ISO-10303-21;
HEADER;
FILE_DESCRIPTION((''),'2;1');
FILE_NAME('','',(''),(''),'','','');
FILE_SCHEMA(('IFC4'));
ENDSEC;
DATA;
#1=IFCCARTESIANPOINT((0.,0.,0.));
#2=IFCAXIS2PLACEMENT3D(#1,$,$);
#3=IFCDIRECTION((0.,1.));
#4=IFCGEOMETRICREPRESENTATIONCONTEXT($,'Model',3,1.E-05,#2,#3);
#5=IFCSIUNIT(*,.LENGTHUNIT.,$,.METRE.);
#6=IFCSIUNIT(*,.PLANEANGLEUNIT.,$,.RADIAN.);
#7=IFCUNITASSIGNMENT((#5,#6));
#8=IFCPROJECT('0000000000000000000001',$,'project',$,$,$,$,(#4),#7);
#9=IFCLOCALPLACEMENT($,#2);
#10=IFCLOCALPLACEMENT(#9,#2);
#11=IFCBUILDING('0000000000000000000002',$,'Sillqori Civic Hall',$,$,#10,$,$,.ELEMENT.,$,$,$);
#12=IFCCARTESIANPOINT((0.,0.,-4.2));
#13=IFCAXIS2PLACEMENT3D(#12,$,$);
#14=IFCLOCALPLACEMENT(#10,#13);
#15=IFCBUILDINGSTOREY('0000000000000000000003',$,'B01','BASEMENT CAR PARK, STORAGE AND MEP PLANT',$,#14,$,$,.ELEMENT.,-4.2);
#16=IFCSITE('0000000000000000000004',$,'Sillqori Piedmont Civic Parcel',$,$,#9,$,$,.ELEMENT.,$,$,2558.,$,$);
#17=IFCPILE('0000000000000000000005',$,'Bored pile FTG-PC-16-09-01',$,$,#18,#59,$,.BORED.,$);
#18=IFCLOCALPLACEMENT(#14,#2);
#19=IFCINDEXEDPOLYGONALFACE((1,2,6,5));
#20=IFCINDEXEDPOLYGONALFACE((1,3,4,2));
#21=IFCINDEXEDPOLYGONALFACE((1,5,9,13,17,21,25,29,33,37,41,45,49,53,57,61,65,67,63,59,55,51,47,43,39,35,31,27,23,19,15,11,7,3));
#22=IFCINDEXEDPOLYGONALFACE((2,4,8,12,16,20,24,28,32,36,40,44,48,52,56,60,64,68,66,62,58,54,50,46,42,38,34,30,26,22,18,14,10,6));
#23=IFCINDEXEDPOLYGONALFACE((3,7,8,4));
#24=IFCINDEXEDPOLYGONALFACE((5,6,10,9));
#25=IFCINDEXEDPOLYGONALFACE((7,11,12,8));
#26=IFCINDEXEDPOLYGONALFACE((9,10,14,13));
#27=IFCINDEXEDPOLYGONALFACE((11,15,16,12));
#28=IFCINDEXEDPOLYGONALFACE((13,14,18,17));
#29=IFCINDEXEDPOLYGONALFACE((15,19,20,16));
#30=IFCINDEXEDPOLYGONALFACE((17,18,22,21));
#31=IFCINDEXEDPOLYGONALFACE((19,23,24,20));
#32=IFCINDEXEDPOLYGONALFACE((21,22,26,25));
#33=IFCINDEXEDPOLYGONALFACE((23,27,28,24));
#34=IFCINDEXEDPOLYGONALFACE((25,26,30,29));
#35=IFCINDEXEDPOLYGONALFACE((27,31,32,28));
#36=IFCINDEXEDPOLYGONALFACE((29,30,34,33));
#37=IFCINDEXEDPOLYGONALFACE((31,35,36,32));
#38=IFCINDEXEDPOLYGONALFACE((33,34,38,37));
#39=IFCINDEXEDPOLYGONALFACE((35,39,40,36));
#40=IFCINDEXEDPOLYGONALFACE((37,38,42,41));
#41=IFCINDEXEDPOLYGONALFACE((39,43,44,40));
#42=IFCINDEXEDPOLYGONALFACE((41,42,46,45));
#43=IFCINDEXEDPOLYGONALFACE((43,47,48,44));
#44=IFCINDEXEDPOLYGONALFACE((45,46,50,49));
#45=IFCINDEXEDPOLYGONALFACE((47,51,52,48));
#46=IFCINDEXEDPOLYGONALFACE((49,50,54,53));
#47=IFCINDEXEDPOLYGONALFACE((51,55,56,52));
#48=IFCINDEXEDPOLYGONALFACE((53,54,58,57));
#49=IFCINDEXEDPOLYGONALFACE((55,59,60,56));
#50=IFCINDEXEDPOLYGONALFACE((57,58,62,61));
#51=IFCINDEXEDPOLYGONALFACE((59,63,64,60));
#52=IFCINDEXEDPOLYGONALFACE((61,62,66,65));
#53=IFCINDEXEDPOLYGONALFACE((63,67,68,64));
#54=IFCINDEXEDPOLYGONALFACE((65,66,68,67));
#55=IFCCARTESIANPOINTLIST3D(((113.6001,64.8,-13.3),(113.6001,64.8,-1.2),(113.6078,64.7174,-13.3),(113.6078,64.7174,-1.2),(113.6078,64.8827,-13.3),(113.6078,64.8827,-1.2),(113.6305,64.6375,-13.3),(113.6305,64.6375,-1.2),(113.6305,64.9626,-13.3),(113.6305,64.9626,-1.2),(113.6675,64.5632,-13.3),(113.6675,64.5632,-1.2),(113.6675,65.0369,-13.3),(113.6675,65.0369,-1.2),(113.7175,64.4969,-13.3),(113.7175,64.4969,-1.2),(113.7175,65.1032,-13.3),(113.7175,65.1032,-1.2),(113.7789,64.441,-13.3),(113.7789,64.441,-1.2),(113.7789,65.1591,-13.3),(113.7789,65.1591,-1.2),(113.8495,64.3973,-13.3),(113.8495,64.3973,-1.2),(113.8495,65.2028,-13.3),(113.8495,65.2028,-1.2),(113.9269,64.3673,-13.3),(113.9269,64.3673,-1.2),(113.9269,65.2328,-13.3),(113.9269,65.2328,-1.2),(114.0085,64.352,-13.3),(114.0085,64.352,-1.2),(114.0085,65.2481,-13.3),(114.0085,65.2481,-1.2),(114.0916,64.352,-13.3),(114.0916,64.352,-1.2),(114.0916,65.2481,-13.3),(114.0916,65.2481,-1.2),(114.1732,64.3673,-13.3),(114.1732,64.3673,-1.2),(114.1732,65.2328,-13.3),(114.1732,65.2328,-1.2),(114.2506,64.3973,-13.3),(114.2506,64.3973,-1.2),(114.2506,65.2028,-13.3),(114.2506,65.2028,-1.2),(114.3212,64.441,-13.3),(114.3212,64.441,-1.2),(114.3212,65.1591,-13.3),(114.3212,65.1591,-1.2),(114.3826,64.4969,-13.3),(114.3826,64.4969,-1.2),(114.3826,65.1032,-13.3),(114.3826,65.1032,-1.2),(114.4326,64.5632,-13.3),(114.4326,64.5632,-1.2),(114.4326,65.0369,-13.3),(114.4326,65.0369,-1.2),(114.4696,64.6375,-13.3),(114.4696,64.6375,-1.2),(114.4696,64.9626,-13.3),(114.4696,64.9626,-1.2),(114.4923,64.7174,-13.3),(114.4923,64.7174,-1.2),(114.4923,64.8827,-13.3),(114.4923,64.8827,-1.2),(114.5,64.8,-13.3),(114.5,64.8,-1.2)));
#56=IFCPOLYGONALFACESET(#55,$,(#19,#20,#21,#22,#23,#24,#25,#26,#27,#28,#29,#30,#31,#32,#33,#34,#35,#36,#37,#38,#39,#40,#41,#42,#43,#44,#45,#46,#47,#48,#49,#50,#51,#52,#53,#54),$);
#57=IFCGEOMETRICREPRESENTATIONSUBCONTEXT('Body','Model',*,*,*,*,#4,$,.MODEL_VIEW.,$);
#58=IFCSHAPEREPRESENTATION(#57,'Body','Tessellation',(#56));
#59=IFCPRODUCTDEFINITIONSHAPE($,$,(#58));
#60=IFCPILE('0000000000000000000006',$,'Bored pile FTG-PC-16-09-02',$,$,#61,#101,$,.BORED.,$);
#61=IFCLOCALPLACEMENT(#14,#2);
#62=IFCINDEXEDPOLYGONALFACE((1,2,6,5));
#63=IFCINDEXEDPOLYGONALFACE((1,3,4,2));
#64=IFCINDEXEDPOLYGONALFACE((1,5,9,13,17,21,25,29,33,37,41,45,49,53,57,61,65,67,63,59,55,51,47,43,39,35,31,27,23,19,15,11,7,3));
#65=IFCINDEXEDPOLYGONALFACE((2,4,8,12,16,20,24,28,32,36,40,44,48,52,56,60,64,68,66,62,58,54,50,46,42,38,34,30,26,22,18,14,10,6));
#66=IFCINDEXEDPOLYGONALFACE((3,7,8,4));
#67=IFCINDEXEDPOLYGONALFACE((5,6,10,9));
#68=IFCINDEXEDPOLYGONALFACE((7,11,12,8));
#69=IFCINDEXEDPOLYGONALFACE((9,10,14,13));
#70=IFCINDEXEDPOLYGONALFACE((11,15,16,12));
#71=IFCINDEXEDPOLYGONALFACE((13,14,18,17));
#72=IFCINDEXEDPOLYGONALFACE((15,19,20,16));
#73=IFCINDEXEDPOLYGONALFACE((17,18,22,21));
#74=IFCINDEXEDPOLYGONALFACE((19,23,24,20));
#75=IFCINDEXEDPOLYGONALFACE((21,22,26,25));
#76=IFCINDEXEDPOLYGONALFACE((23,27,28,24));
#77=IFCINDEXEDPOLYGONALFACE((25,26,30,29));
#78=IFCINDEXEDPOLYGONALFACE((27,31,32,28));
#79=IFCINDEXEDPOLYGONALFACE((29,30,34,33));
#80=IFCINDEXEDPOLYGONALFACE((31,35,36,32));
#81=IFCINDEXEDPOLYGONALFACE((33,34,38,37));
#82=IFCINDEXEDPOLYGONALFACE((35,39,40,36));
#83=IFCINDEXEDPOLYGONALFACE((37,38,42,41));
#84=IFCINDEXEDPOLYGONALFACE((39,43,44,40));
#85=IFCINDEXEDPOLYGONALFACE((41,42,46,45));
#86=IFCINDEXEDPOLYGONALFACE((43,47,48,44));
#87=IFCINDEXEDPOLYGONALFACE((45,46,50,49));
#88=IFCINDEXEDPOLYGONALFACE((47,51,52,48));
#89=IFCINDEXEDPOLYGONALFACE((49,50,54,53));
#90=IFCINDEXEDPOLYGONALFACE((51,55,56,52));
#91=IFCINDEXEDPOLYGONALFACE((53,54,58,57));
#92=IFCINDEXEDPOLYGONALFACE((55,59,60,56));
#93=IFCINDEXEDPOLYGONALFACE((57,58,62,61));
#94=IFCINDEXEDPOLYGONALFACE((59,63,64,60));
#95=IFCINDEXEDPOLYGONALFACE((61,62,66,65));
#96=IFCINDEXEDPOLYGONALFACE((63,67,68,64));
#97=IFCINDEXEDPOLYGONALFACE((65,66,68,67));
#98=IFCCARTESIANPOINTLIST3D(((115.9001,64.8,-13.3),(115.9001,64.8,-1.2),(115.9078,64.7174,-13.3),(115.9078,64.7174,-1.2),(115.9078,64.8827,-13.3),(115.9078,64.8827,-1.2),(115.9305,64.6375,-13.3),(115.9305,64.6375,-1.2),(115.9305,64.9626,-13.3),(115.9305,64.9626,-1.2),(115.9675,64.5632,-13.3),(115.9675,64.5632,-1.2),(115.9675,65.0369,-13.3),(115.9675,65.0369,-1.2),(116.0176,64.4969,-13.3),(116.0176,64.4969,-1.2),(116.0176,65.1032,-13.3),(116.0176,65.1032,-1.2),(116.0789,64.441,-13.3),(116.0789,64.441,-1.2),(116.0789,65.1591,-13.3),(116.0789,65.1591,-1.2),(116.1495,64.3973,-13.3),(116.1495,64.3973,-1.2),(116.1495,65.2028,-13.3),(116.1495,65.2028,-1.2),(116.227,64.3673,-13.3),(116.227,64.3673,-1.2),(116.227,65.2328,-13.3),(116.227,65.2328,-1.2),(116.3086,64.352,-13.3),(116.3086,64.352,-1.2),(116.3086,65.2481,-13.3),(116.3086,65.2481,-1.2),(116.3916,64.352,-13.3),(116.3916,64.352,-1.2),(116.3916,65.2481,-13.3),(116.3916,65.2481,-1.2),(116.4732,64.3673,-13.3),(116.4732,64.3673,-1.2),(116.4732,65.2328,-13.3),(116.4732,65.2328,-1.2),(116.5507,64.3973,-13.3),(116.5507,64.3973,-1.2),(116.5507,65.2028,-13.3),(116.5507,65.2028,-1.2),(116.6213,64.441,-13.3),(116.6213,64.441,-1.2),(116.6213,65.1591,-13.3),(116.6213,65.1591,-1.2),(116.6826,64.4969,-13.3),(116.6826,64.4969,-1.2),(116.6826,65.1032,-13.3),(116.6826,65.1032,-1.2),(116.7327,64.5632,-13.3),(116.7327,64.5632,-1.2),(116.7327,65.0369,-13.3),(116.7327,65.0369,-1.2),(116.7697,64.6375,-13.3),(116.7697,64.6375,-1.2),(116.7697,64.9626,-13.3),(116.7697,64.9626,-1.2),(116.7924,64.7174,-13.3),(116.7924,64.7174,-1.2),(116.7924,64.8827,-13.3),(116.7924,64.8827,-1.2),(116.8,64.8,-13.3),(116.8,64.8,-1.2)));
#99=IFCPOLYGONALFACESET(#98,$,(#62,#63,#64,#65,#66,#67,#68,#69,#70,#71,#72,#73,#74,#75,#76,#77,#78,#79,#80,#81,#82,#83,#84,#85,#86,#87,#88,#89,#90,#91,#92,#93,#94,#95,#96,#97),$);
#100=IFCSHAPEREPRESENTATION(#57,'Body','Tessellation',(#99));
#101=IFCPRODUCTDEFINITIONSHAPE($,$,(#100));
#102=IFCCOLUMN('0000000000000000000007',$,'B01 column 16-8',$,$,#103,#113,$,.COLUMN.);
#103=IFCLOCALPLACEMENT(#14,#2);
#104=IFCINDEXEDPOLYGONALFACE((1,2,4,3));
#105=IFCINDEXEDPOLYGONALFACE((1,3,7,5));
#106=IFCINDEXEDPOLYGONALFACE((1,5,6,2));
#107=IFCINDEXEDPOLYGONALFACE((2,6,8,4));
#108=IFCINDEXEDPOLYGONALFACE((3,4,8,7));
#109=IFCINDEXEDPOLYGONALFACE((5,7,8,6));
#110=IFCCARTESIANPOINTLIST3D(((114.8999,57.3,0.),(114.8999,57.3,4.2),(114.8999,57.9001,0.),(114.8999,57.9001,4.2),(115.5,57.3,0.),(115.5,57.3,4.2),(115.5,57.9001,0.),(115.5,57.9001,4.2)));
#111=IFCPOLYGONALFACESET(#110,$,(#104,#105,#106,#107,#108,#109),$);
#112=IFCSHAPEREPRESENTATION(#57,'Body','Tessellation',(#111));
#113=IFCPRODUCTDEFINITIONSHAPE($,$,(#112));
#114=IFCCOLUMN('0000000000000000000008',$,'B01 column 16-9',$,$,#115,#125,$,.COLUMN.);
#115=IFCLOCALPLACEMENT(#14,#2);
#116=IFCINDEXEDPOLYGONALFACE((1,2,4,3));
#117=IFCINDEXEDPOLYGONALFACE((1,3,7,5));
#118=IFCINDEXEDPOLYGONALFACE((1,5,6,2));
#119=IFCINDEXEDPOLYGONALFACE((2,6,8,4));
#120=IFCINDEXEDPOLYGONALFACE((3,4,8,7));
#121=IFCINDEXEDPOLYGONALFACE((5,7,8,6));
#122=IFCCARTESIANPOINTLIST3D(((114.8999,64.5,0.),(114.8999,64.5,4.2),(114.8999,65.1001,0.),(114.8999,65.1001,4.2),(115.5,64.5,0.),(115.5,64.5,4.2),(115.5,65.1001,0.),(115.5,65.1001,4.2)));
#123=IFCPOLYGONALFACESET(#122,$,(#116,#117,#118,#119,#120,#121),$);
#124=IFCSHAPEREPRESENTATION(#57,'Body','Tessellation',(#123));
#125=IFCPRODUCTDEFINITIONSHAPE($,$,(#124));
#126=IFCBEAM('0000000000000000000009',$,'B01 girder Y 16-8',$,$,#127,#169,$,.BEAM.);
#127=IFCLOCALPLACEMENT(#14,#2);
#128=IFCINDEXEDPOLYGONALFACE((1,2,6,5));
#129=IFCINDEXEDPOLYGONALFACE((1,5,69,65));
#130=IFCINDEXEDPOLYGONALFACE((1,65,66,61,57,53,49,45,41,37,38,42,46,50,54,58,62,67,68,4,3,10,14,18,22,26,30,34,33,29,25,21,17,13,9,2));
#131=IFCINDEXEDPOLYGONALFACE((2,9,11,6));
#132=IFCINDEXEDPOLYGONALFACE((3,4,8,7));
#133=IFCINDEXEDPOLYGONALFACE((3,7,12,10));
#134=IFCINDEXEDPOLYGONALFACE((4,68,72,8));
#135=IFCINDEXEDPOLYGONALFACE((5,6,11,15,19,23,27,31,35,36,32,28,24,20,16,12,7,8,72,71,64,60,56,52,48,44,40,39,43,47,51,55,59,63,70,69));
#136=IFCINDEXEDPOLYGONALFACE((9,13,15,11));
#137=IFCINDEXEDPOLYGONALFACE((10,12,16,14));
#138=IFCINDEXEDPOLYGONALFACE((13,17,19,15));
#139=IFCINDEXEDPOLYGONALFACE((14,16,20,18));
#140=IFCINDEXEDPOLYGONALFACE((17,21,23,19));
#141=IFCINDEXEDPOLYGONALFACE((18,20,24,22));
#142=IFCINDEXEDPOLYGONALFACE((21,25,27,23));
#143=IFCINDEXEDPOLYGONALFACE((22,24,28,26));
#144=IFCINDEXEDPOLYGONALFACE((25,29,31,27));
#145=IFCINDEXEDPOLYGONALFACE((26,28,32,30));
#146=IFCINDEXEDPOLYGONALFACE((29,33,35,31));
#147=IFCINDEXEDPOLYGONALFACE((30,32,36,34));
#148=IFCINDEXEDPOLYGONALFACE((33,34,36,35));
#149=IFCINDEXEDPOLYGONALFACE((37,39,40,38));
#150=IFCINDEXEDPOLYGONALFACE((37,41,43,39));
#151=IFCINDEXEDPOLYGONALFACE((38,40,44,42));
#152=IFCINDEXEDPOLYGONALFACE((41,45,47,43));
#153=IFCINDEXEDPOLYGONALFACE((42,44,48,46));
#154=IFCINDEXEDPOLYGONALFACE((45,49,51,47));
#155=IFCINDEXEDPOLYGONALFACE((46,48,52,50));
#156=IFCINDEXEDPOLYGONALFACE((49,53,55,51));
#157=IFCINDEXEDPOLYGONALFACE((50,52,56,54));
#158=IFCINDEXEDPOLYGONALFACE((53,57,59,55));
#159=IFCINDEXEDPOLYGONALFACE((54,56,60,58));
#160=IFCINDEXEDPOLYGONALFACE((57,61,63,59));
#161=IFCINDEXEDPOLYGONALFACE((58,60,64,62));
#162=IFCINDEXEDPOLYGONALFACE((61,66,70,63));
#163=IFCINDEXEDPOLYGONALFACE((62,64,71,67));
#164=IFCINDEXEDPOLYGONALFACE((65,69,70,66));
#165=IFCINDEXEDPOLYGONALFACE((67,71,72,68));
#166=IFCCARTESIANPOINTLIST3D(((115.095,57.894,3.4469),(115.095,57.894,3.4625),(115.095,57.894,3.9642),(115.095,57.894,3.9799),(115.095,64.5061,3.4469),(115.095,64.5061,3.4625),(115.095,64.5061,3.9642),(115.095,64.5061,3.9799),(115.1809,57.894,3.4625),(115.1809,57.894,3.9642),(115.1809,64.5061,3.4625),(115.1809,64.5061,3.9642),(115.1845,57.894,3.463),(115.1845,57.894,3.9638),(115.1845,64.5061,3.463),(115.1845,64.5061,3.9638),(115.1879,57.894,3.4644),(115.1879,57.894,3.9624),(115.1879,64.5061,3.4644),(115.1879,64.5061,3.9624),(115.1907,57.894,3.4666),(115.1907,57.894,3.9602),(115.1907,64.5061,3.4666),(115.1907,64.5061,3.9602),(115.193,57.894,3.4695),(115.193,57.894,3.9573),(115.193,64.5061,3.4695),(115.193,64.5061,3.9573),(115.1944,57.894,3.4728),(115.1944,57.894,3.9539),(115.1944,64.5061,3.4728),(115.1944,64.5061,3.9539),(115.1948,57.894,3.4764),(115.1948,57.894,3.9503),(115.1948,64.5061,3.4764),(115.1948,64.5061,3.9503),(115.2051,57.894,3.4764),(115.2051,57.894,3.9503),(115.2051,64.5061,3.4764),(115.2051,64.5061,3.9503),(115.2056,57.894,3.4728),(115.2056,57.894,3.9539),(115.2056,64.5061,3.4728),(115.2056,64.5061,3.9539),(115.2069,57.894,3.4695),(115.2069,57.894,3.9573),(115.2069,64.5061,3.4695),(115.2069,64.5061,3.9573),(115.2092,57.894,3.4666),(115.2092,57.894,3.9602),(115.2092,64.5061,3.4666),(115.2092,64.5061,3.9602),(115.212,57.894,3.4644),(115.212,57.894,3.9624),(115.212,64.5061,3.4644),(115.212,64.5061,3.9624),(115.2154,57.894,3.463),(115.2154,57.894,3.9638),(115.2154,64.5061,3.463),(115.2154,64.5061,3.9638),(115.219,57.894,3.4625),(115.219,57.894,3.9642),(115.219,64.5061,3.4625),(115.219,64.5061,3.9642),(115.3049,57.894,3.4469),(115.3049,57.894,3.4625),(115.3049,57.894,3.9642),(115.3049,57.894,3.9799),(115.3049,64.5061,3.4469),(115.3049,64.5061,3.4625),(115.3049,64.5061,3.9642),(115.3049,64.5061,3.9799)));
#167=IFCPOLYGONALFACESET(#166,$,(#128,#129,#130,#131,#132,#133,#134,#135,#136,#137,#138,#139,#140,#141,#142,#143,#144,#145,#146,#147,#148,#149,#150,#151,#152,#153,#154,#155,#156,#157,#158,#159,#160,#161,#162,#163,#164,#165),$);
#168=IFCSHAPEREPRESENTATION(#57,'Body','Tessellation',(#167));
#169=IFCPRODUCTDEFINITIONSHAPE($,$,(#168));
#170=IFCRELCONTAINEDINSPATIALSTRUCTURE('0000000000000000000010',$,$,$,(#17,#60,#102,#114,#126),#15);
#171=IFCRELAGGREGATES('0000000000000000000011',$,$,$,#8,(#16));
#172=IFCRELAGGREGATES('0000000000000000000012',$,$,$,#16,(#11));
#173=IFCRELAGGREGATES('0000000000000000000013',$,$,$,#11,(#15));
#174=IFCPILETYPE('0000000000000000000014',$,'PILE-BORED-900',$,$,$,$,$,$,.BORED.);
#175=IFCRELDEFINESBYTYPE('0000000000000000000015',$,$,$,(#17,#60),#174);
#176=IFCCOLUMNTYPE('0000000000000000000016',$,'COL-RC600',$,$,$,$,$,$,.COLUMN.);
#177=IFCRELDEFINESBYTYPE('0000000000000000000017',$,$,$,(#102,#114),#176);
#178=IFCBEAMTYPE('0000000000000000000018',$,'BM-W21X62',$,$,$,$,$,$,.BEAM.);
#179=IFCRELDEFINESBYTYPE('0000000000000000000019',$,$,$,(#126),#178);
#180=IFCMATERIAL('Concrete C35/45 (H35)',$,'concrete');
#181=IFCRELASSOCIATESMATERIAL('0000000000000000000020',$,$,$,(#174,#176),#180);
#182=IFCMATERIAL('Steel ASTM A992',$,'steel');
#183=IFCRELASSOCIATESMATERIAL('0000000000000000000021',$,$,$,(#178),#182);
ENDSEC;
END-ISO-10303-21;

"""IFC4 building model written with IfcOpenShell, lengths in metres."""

from ifc_helpers import new_model, si_unit, direction, frame, origin, origin_2d, place, context, subcontext, project, spatial, rectangle, circle, i_section, extrude, material, material_profile, profile_set, type_object, element, save


model = new_model("IFC4")

# Units and contexts
model_context = context("Model", 3, precision=1e-05, world=origin(), true_north=direction((0.0, 1.0)))
body_context = subcontext(model_context, "Body", "Model", "MODEL_VIEW")
ifc_project = project(units=[si_unit("LENGTHUNIT", "METRE"), si_unit("PLANEANGLEUNIT", "RADIAN")], contexts=[model_context])

# Site, building, storey
site_placement = place(None, origin())
site = spatial("IfcSite", under=ifc_project, at=site_placement, Name="Sillqori Piedmont Civic Parcel", CompositionType="ELEMENT", RefElevation=2558.0)
building_placement = place(site_placement, origin())
building = spatial("IfcBuilding", under=site, at=building_placement, Name="Sillqori Civic Hall", CompositionType="ELEMENT")
storey_placement = place(building_placement, frame((0.0, 0.0, -4.2)))
storey = spatial("IfcBuildingStorey", under=building, at=storey_placement, Name="B01", Description="BASEMENT CAR PARK, STORAGE AND MEP PLANT", CompositionType="ELEMENT", Elevation=-4.2)

# Shared definitions
ifc_material_1 = material(Name="Concrete C35/45 (H35)", Category="concrete")

# Piles
ifc_material_profile_1 = material_profile(ifc_material_1, circle(Radius=0.45, at=origin_2d()), Name="BORED PILE 900")
ifc_profile_set_1 = profile_set([ifc_material_profile_1], Name="Concrete C35/45 (H35)")
pile_type = type_object("IfcPileType", Name="PILE-BORED-900", PredefinedType="BORED", material=ifc_profile_set_1)
for number, where, z_axis, x_axis, name in (
    (1, (114.05, 64.8, -1.2), (0.0, 0.0, -1.0), (1.0, 0.0, 0.0), "Bored pile FTG-PC-16-09-01"),
    (2, (116.3501, 64.8, -1.2), (0.0, 0.0, -1.0), (1.0, 0.0, 0.0), "Bored pile FTG-PC-16-09-02"),
):
    element("IfcPile", number, at=place(storey_placement, frame(where, z_axis=z_axis, x_axis=x_axis)), inside=storey, type_object=pile_type, Name=name, PredefinedType="BORED", context=body_context, shape_type="SweptSolid", body=[
        extrude(circle(Radius=0.45, at=origin_2d()), origin(), (0.0, 0.0, 1.0), 12.1001),
    ])

# Columns
ifc_material_profile_2 = material_profile(ifc_material_1, rectangle(XDim=0.6001, YDim=0.6001, at=origin_2d()), Name="RC 600x600")
ifc_profile_set_2 = profile_set([ifc_material_profile_2], Name="Concrete C35/45 (H35)")
column_type = type_object("IfcColumnType", Name="COL-RC600", PredefinedType="COLUMN", material=ifc_profile_set_2)
for number, where, z_axis, x_axis, name in (
    (3, (115.2, 57.6001, 0.0), (0.0, 0.0, 1.0), (1.0, 0.0, 0.0), "B01 column 16-8"),
    (4, (115.2, 64.8, 0.0), (0.0, 0.0, 1.0), (1.0, 0.0, 0.0), "B01 column 16-9"),
):
    element("IfcColumn", number, at=place(storey_placement, frame(where, z_axis=z_axis, x_axis=x_axis)), inside=storey, type_object=column_type, Name=name, PredefinedType="COLUMN", context=body_context, shape_type="SweptSolid", body=[
        extrude(rectangle(XDim=0.6001, YDim=0.6001, at=origin_2d()), origin(), (0.0, 0.0, 1.0), 4.2),
    ])

# Beam
ifc_material_2 = material(Name="Steel ASTM A992", Category="steel")
ifc_material_profile_3 = material_profile(ifc_material_2, i_section(OverallWidth=0.21, OverallDepth=0.533, WebThickness=0.0103, FlangeThickness=0.0156, FilletRadius=0.0139, at=origin_2d()), Name="W21X62")
ifc_profile_set_3 = profile_set([ifc_material_profile_3], Name="Steel ASTM A992")
beam_type_1 = type_object("IfcBeamType", Name="BM-W21X62", PredefinedType="BEAM", material=ifc_profile_set_3)
beam_placement = place(storey_placement, frame((115.2, 57.894, 3.7134), z_axis=(0.0, 1.0, 0.0), x_axis=(-1.0, 0.0, 0.0)))
element("IfcBeam", 5, at=beam_placement, inside=storey, type_object=beam_type_1, Name="B01 girder Y 16-8", PredefinedType="BEAM", context=body_context, shape_type="SweptSolid", body=[
    extrude(i_section(OverallWidth=0.21, OverallDepth=0.533, WebThickness=0.0103, FlangeThickness=0.0156, FilletRadius=0.0139, at=origin_2d()), origin(), (0.0, 0.0, 1.0), 6.6121),
])

save(model, "model.ifc")
